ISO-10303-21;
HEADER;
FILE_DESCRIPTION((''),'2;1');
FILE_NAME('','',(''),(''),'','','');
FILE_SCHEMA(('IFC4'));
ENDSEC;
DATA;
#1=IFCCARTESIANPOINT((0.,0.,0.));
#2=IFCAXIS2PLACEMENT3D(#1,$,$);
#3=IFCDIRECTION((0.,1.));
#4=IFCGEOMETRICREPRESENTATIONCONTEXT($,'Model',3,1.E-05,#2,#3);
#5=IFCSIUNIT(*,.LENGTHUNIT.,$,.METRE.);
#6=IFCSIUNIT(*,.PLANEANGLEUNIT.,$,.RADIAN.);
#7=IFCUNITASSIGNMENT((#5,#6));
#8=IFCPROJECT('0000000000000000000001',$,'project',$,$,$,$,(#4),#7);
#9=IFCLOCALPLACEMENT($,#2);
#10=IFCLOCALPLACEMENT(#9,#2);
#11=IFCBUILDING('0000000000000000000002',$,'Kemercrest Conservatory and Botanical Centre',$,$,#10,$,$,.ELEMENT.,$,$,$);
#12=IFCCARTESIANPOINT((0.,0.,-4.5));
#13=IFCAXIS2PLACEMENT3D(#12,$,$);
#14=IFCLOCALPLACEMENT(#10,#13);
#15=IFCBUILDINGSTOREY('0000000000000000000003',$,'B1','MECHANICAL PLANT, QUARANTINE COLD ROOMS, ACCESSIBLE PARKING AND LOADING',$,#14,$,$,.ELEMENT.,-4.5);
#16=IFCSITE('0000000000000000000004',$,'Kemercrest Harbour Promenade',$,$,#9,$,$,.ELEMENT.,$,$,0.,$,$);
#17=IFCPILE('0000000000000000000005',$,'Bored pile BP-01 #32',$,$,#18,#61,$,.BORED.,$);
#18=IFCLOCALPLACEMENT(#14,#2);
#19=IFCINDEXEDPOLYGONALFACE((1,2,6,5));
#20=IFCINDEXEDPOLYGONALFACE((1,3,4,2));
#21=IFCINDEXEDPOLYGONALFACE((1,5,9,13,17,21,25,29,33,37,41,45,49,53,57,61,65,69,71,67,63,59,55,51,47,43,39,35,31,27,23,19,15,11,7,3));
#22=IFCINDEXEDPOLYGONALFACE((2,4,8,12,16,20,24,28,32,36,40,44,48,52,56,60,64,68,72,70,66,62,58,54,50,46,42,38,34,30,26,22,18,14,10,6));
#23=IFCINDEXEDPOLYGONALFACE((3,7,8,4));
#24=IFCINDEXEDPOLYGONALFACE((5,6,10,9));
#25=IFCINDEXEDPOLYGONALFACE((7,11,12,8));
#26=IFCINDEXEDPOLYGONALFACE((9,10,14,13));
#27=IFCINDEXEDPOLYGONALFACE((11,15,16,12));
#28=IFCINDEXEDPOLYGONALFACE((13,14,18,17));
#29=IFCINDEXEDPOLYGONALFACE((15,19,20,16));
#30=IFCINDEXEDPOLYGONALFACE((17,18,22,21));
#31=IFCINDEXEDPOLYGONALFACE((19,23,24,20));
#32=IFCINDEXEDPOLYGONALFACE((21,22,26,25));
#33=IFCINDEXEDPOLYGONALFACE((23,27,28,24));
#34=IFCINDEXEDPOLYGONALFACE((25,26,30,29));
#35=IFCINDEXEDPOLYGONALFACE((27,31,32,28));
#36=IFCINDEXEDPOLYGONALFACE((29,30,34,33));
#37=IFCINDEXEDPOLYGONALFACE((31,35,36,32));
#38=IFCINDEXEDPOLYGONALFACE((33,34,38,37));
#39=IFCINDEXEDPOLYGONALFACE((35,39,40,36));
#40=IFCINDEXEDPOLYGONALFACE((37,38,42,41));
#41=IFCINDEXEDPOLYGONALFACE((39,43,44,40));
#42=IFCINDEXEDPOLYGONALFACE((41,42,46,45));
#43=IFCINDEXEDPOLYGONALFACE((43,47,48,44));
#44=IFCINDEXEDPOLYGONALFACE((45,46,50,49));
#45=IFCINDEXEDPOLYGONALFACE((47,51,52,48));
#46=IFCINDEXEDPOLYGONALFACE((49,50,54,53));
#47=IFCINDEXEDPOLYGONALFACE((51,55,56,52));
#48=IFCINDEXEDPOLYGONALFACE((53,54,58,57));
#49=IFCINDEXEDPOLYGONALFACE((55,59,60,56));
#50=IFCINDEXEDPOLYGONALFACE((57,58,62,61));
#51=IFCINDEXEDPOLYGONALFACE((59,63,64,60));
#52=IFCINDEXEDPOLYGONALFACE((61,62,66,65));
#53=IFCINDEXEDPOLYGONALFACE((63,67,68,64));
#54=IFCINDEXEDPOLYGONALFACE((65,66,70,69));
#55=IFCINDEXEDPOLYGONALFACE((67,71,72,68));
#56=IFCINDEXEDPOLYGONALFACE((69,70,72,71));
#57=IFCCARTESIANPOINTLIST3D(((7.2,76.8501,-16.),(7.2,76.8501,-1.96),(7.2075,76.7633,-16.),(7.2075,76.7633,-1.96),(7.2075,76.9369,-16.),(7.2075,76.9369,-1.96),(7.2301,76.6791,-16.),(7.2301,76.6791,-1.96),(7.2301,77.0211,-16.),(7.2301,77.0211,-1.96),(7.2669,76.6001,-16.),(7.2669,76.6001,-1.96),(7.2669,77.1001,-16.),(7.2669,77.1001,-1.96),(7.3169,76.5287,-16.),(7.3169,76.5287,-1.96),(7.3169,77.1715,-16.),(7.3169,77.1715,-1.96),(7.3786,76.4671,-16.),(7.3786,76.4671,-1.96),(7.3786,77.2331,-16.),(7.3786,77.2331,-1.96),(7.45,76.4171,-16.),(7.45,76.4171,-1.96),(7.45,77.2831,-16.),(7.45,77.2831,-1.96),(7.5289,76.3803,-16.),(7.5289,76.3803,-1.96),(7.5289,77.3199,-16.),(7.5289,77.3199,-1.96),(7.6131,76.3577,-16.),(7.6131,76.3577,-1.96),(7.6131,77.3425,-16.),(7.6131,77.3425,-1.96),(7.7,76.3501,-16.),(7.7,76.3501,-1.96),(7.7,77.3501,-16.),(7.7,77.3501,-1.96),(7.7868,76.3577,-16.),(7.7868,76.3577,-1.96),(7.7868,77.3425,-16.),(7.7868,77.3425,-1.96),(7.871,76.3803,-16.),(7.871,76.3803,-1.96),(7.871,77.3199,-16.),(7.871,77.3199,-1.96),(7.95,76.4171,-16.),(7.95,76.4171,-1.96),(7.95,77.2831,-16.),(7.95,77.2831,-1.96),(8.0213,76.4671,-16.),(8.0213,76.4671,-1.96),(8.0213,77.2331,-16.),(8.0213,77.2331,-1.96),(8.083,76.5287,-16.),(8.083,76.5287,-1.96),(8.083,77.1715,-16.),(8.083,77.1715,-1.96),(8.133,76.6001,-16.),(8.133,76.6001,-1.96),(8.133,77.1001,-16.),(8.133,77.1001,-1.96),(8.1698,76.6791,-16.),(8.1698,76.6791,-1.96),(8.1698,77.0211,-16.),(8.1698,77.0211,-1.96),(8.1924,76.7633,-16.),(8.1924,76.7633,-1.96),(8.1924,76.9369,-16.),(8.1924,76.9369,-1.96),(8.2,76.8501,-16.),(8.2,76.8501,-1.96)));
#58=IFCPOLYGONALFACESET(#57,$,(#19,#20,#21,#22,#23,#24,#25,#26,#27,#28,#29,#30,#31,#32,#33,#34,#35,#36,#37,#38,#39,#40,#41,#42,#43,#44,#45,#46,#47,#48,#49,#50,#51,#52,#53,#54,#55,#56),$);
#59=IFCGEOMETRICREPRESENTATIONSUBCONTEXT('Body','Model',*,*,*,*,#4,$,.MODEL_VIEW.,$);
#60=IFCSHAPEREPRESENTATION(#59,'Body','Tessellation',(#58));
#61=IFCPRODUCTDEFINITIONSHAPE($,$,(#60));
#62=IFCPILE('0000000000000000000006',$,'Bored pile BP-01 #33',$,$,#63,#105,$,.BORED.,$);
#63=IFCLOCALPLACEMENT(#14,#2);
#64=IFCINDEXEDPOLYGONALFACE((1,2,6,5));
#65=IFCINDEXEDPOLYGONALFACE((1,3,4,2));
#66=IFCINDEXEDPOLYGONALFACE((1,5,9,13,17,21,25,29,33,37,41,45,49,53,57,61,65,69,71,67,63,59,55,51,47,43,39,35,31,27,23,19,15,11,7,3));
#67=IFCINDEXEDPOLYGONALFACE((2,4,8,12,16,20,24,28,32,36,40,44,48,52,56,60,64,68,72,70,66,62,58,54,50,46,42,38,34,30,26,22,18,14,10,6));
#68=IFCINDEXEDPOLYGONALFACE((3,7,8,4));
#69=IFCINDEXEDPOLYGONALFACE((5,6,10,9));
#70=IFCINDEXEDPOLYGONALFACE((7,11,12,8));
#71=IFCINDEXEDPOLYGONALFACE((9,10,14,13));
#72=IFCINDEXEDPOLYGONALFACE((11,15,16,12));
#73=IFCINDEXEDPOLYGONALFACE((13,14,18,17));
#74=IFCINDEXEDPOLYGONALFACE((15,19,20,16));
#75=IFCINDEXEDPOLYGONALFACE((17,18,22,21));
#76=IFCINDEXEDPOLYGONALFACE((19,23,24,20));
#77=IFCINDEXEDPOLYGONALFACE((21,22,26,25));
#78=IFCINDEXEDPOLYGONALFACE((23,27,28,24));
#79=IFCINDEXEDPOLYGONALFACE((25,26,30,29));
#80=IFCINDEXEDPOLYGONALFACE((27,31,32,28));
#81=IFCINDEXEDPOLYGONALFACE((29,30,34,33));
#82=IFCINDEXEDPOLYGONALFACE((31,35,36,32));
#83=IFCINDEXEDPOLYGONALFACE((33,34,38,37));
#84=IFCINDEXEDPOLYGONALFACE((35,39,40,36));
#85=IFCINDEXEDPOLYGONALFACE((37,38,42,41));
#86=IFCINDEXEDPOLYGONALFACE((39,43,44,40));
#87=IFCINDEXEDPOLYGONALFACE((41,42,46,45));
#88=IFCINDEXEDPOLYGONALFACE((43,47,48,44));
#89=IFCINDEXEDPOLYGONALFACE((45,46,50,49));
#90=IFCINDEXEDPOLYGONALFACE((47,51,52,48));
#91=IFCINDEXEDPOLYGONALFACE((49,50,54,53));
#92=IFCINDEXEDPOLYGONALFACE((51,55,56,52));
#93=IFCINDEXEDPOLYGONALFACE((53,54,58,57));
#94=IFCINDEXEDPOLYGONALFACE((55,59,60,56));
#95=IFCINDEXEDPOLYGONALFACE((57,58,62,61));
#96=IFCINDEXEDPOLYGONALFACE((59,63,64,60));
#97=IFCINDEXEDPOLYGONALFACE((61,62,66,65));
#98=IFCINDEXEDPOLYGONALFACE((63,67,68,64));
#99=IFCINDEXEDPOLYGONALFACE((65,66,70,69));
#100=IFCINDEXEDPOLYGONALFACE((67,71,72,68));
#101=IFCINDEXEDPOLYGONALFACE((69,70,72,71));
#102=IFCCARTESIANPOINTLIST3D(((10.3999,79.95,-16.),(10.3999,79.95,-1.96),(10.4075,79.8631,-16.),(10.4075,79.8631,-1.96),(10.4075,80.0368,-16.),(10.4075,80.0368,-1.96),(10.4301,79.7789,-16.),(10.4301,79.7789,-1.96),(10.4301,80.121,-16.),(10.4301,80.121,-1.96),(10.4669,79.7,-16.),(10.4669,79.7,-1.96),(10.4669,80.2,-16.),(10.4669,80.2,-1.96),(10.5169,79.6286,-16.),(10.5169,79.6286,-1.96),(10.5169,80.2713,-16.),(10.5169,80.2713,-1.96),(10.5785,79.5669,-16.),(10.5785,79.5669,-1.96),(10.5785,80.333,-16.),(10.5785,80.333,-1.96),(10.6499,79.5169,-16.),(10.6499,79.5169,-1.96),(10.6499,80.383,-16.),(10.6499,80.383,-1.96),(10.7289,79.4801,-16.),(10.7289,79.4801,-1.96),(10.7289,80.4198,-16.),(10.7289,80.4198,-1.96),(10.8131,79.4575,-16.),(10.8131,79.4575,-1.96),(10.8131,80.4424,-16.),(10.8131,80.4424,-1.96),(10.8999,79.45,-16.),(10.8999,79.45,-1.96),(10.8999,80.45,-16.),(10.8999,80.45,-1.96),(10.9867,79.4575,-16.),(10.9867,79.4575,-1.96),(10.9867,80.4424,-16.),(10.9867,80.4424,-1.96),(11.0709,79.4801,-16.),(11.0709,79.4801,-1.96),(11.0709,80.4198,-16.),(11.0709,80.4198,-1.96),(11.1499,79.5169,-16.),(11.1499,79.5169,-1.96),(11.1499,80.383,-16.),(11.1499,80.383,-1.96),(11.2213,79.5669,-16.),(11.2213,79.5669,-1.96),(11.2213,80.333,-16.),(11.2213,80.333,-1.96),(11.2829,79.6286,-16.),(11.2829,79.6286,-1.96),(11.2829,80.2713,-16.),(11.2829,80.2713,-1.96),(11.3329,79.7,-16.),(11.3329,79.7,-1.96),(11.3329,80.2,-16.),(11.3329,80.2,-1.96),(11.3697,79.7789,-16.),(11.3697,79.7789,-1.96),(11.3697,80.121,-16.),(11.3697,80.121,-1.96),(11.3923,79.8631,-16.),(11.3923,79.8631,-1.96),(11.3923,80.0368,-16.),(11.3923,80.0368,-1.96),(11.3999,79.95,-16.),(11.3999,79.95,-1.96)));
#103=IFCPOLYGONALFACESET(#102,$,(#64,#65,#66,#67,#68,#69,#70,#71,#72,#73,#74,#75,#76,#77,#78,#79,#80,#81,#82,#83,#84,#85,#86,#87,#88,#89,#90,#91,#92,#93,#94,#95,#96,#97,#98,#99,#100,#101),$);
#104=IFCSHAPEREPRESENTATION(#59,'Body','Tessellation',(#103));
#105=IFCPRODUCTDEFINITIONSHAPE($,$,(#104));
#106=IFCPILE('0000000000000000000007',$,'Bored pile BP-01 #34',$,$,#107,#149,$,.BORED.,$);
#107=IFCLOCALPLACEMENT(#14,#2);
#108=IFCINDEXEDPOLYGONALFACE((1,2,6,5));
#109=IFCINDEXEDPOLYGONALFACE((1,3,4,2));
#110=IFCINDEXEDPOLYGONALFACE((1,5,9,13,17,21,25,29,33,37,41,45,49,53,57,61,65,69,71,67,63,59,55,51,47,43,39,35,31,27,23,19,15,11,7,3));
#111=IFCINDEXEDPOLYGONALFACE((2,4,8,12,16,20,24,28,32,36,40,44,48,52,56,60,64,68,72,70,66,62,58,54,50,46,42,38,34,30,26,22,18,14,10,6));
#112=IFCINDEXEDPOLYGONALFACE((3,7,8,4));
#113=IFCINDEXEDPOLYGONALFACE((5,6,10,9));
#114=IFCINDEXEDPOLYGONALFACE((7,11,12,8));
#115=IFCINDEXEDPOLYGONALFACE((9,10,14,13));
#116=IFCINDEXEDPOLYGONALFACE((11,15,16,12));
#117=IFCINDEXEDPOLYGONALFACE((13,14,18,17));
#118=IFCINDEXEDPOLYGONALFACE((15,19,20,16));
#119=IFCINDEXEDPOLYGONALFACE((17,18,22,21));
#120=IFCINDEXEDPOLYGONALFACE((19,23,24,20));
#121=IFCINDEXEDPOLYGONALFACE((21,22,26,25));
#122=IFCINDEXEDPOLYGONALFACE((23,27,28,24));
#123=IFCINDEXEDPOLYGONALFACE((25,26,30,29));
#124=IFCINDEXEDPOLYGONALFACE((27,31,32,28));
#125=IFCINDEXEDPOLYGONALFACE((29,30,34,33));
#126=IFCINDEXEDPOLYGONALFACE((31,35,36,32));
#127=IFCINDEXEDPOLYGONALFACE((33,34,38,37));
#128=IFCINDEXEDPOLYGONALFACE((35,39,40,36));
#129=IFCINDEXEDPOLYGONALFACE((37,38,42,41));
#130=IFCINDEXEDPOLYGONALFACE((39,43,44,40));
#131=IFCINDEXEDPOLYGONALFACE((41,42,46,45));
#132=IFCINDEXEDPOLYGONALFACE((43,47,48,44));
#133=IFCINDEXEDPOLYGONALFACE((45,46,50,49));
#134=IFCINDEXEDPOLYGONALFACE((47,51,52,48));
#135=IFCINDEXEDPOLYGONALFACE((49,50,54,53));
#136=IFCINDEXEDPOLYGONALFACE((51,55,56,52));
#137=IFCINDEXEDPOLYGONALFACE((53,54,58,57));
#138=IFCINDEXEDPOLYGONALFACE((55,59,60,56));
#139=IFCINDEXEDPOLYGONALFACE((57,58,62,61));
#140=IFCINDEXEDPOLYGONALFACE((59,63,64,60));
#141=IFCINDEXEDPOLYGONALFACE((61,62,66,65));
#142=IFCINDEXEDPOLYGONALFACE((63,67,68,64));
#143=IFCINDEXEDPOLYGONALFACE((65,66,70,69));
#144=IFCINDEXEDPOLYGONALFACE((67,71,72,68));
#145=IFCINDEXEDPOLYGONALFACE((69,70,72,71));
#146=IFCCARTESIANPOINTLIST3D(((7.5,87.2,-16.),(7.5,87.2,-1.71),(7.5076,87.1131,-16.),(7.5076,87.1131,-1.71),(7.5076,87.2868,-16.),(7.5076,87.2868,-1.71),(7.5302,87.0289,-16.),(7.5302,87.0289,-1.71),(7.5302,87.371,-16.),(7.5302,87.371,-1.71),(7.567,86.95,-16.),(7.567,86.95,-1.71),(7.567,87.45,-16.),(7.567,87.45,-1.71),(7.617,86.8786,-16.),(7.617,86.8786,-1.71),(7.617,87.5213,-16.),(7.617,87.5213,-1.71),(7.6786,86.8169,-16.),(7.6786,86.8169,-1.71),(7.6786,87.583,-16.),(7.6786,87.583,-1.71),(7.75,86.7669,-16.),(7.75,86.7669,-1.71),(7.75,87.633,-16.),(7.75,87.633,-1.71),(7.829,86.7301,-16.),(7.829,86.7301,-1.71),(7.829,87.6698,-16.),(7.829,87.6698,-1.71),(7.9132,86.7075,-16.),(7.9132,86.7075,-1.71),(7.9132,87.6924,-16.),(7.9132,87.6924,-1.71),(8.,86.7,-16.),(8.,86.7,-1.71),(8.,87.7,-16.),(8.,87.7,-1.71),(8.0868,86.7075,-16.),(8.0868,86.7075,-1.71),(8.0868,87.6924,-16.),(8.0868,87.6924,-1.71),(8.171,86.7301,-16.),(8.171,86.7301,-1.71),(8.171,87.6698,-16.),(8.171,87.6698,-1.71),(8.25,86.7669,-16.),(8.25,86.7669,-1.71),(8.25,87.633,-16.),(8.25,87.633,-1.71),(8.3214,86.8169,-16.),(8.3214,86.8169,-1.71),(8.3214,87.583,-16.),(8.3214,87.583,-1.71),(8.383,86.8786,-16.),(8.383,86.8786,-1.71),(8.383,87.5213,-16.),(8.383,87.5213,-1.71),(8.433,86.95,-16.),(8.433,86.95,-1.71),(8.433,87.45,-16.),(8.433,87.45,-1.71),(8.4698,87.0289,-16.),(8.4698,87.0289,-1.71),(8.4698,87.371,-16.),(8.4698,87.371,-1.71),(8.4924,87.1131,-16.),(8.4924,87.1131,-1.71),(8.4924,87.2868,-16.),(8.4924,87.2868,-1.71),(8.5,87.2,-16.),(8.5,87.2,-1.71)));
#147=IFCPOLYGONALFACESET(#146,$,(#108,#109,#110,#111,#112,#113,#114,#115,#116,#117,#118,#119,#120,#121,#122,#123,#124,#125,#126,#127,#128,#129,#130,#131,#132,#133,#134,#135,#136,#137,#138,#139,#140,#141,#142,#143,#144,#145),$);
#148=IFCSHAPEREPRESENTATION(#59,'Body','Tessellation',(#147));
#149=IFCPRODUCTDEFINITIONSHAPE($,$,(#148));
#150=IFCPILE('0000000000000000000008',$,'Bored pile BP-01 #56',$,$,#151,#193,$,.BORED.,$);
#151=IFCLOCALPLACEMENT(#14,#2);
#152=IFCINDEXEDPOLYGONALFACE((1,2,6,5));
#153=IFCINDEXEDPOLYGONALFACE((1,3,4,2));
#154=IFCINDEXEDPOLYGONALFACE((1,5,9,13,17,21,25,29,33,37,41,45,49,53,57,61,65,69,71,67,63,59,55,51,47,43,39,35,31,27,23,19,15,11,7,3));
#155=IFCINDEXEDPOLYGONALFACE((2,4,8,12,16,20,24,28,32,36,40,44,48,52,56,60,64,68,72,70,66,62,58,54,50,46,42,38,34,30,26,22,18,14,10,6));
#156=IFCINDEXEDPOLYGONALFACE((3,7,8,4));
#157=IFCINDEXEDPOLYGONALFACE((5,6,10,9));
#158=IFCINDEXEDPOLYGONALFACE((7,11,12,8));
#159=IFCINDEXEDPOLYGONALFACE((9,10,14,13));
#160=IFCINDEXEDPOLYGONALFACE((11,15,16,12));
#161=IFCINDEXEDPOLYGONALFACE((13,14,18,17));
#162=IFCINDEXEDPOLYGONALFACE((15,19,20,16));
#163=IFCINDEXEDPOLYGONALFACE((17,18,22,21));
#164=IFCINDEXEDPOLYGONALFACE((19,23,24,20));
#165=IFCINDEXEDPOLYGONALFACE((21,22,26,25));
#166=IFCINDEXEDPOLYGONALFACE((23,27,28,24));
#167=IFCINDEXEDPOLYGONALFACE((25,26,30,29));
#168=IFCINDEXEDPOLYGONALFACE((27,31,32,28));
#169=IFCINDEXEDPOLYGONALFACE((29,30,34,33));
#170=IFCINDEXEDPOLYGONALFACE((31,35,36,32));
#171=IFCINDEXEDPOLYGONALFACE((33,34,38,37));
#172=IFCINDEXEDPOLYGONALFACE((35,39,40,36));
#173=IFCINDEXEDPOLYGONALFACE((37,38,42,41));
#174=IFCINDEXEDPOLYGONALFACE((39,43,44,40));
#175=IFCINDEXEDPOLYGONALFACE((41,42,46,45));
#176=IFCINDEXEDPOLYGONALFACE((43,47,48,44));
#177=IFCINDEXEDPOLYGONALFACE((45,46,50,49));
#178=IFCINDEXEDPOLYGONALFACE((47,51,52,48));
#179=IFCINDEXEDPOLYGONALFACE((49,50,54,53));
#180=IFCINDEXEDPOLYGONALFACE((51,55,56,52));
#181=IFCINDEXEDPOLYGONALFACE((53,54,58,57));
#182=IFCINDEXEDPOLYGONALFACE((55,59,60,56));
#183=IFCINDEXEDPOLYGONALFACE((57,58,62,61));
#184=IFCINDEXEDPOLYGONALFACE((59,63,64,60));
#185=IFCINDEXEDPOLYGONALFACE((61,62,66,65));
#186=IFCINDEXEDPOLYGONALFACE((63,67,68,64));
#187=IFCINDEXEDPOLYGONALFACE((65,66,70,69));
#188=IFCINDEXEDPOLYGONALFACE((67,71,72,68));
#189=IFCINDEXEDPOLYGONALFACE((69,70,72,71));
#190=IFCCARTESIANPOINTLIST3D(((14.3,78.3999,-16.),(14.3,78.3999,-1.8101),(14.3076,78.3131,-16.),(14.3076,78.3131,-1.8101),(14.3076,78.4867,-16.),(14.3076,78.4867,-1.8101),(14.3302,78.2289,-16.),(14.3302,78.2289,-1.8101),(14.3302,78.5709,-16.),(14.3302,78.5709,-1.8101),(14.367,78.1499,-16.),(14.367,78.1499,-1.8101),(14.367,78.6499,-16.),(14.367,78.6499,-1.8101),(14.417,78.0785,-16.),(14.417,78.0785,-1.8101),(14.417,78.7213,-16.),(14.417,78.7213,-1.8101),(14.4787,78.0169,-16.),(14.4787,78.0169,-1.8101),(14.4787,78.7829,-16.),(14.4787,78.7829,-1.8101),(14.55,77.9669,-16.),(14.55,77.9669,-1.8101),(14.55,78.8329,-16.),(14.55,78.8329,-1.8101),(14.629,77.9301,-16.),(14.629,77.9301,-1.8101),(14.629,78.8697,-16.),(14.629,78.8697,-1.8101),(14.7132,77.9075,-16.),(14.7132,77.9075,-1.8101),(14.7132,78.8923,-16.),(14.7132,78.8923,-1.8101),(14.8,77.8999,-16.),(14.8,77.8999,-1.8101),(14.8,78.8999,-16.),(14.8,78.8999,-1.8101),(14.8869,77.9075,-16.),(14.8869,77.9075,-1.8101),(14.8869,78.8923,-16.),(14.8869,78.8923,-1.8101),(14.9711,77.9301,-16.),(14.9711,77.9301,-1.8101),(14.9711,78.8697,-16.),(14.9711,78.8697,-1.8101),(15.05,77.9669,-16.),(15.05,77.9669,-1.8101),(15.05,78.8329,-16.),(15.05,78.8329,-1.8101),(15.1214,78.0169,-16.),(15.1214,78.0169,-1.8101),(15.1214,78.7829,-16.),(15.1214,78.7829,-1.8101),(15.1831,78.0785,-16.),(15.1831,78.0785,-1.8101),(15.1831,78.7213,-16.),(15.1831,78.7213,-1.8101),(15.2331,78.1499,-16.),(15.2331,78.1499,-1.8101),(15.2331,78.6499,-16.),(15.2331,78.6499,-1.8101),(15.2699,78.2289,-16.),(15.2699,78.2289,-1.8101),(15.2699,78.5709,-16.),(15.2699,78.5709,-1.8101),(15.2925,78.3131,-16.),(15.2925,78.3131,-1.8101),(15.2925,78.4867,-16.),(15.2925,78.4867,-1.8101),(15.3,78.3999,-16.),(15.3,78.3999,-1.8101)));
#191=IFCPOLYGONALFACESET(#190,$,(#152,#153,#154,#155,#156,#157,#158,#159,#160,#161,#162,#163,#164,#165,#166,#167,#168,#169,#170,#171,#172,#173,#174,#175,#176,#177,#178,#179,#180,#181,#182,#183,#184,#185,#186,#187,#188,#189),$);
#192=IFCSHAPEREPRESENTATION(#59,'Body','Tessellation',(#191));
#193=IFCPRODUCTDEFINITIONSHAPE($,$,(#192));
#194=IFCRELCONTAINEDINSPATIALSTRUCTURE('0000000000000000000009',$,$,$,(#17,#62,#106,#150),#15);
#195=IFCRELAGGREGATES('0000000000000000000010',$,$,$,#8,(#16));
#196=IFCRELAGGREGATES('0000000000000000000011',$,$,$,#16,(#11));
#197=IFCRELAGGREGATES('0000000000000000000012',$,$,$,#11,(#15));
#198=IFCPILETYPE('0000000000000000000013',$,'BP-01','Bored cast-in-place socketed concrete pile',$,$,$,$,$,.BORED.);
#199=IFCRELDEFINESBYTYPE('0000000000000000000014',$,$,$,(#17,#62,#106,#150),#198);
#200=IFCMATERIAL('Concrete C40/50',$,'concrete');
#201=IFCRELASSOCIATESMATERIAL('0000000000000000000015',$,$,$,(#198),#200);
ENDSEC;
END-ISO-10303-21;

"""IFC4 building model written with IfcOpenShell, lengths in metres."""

from ifc_helpers import new_model, si_unit, direction, frame, origin, origin_2d, place, context, subcontext, project, spatial, circle, extrude, material, material_profile, profile_set, type_object, element, save


model = new_model("IFC4")

# Units and contexts
model_context = context("Model", 3, precision=1e-05, world=origin(), true_north=direction((0.0, 1.0)))
body_context = subcontext(model_context, "Body", "Model", "MODEL_VIEW")
ifc_project = project(units=[si_unit("LENGTHUNIT", "METRE"), si_unit("PLANEANGLEUNIT", "RADIAN")], contexts=[model_context])

# Site, building, storey
site_placement = place(None, origin())
site = spatial("IfcSite", under=ifc_project, at=site_placement, Name="Kemercrest Harbour Promenade", CompositionType="ELEMENT", RefElevation=0.0)
building_placement = place(site_placement, origin())
building = spatial("IfcBuilding", under=site, at=building_placement, Name="Kemercrest Conservatory and Botanical Centre", CompositionType="ELEMENT")
storey_placement = place(building_placement, frame((0.0, 0.0, -4.5)))
storey = spatial("IfcBuildingStorey", under=building, at=storey_placement, Name="B1", Description="MECHANICAL PLANT, QUARANTINE COLD ROOMS, ACCESSIBLE PARKING AND LOADING", CompositionType="ELEMENT", Elevation=-4.5)

# Piles
ifc_material_1 = material(Name="Concrete C40/50", Category="concrete")
ifc_material_profile_1 = material_profile(ifc_material_1, circle(Radius=0.5, at=origin_2d()), Name="BORED PILE 1000")
ifc_profile_set_1 = profile_set([ifc_material_profile_1], Name="Concrete C40/50")
pile_type_1 = type_object("IfcPileType", Name="BP-01", Description="Bored cast-in-place socketed concrete pile", PredefinedType="BORED", material=ifc_profile_set_1)
for number, where, z_axis, x_axis, name in (
    (1, (7.7, 76.8501, -1.96), (0.0, 0.0, -1.0), (1.0, 0.0, 0.0), "Bored pile BP-01 #32"),
    (2, (10.8999, 79.95, -1.96), (0.0, 0.0, -1.0), (1.0, 0.0, 0.0), "Bored pile BP-01 #33"),
):
    element("IfcPile", number, at=place(storey_placement, frame(where, z_axis=z_axis, x_axis=x_axis)), inside=storey, type_object=pile_type_1, Name=name, PredefinedType="BORED", context=body_context, shape_type="SweptSolid", body=[
        extrude(circle(Radius=0.5, at=origin_2d()), origin(), (0.0, 0.0, 1.0), 14.04),
    ])
pile_1_placement = place(storey_placement, frame((8.0, 87.2, -1.71), z_axis=(0.0, 0.0, -1.0), x_axis=(1.0, 0.0, 0.0)))
element("IfcPile", 3, at=pile_1_placement, inside=storey, type_object=pile_type_1, Name="Bored pile BP-01 #34", PredefinedType="BORED", context=body_context, shape_type="SweptSolid", body=[
    extrude(circle(Radius=0.5, at=origin_2d()), origin(), (0.0, 0.0, 1.0), 14.29),
])
for number, where, z_axis, x_axis, name in (
    (4, (14.8, 78.3999, -1.8101), (0.0, 0.0, -1.0), (1.0, 0.0, 0.0), "Bored pile BP-01 #56"),
):
    element("IfcPile", number, at=place(storey_placement, frame(where, z_axis=z_axis, x_axis=x_axis)), inside=storey, type_object=pile_type_1, Name=name, PredefinedType="BORED", context=body_context, shape_type="SweptSolid", body=[
        extrude(circle(Radius=0.5, at=origin_2d()), origin(), (0.0, 0.0, 1.0), 14.1899),
    ])

save(model, "model.ifc")
